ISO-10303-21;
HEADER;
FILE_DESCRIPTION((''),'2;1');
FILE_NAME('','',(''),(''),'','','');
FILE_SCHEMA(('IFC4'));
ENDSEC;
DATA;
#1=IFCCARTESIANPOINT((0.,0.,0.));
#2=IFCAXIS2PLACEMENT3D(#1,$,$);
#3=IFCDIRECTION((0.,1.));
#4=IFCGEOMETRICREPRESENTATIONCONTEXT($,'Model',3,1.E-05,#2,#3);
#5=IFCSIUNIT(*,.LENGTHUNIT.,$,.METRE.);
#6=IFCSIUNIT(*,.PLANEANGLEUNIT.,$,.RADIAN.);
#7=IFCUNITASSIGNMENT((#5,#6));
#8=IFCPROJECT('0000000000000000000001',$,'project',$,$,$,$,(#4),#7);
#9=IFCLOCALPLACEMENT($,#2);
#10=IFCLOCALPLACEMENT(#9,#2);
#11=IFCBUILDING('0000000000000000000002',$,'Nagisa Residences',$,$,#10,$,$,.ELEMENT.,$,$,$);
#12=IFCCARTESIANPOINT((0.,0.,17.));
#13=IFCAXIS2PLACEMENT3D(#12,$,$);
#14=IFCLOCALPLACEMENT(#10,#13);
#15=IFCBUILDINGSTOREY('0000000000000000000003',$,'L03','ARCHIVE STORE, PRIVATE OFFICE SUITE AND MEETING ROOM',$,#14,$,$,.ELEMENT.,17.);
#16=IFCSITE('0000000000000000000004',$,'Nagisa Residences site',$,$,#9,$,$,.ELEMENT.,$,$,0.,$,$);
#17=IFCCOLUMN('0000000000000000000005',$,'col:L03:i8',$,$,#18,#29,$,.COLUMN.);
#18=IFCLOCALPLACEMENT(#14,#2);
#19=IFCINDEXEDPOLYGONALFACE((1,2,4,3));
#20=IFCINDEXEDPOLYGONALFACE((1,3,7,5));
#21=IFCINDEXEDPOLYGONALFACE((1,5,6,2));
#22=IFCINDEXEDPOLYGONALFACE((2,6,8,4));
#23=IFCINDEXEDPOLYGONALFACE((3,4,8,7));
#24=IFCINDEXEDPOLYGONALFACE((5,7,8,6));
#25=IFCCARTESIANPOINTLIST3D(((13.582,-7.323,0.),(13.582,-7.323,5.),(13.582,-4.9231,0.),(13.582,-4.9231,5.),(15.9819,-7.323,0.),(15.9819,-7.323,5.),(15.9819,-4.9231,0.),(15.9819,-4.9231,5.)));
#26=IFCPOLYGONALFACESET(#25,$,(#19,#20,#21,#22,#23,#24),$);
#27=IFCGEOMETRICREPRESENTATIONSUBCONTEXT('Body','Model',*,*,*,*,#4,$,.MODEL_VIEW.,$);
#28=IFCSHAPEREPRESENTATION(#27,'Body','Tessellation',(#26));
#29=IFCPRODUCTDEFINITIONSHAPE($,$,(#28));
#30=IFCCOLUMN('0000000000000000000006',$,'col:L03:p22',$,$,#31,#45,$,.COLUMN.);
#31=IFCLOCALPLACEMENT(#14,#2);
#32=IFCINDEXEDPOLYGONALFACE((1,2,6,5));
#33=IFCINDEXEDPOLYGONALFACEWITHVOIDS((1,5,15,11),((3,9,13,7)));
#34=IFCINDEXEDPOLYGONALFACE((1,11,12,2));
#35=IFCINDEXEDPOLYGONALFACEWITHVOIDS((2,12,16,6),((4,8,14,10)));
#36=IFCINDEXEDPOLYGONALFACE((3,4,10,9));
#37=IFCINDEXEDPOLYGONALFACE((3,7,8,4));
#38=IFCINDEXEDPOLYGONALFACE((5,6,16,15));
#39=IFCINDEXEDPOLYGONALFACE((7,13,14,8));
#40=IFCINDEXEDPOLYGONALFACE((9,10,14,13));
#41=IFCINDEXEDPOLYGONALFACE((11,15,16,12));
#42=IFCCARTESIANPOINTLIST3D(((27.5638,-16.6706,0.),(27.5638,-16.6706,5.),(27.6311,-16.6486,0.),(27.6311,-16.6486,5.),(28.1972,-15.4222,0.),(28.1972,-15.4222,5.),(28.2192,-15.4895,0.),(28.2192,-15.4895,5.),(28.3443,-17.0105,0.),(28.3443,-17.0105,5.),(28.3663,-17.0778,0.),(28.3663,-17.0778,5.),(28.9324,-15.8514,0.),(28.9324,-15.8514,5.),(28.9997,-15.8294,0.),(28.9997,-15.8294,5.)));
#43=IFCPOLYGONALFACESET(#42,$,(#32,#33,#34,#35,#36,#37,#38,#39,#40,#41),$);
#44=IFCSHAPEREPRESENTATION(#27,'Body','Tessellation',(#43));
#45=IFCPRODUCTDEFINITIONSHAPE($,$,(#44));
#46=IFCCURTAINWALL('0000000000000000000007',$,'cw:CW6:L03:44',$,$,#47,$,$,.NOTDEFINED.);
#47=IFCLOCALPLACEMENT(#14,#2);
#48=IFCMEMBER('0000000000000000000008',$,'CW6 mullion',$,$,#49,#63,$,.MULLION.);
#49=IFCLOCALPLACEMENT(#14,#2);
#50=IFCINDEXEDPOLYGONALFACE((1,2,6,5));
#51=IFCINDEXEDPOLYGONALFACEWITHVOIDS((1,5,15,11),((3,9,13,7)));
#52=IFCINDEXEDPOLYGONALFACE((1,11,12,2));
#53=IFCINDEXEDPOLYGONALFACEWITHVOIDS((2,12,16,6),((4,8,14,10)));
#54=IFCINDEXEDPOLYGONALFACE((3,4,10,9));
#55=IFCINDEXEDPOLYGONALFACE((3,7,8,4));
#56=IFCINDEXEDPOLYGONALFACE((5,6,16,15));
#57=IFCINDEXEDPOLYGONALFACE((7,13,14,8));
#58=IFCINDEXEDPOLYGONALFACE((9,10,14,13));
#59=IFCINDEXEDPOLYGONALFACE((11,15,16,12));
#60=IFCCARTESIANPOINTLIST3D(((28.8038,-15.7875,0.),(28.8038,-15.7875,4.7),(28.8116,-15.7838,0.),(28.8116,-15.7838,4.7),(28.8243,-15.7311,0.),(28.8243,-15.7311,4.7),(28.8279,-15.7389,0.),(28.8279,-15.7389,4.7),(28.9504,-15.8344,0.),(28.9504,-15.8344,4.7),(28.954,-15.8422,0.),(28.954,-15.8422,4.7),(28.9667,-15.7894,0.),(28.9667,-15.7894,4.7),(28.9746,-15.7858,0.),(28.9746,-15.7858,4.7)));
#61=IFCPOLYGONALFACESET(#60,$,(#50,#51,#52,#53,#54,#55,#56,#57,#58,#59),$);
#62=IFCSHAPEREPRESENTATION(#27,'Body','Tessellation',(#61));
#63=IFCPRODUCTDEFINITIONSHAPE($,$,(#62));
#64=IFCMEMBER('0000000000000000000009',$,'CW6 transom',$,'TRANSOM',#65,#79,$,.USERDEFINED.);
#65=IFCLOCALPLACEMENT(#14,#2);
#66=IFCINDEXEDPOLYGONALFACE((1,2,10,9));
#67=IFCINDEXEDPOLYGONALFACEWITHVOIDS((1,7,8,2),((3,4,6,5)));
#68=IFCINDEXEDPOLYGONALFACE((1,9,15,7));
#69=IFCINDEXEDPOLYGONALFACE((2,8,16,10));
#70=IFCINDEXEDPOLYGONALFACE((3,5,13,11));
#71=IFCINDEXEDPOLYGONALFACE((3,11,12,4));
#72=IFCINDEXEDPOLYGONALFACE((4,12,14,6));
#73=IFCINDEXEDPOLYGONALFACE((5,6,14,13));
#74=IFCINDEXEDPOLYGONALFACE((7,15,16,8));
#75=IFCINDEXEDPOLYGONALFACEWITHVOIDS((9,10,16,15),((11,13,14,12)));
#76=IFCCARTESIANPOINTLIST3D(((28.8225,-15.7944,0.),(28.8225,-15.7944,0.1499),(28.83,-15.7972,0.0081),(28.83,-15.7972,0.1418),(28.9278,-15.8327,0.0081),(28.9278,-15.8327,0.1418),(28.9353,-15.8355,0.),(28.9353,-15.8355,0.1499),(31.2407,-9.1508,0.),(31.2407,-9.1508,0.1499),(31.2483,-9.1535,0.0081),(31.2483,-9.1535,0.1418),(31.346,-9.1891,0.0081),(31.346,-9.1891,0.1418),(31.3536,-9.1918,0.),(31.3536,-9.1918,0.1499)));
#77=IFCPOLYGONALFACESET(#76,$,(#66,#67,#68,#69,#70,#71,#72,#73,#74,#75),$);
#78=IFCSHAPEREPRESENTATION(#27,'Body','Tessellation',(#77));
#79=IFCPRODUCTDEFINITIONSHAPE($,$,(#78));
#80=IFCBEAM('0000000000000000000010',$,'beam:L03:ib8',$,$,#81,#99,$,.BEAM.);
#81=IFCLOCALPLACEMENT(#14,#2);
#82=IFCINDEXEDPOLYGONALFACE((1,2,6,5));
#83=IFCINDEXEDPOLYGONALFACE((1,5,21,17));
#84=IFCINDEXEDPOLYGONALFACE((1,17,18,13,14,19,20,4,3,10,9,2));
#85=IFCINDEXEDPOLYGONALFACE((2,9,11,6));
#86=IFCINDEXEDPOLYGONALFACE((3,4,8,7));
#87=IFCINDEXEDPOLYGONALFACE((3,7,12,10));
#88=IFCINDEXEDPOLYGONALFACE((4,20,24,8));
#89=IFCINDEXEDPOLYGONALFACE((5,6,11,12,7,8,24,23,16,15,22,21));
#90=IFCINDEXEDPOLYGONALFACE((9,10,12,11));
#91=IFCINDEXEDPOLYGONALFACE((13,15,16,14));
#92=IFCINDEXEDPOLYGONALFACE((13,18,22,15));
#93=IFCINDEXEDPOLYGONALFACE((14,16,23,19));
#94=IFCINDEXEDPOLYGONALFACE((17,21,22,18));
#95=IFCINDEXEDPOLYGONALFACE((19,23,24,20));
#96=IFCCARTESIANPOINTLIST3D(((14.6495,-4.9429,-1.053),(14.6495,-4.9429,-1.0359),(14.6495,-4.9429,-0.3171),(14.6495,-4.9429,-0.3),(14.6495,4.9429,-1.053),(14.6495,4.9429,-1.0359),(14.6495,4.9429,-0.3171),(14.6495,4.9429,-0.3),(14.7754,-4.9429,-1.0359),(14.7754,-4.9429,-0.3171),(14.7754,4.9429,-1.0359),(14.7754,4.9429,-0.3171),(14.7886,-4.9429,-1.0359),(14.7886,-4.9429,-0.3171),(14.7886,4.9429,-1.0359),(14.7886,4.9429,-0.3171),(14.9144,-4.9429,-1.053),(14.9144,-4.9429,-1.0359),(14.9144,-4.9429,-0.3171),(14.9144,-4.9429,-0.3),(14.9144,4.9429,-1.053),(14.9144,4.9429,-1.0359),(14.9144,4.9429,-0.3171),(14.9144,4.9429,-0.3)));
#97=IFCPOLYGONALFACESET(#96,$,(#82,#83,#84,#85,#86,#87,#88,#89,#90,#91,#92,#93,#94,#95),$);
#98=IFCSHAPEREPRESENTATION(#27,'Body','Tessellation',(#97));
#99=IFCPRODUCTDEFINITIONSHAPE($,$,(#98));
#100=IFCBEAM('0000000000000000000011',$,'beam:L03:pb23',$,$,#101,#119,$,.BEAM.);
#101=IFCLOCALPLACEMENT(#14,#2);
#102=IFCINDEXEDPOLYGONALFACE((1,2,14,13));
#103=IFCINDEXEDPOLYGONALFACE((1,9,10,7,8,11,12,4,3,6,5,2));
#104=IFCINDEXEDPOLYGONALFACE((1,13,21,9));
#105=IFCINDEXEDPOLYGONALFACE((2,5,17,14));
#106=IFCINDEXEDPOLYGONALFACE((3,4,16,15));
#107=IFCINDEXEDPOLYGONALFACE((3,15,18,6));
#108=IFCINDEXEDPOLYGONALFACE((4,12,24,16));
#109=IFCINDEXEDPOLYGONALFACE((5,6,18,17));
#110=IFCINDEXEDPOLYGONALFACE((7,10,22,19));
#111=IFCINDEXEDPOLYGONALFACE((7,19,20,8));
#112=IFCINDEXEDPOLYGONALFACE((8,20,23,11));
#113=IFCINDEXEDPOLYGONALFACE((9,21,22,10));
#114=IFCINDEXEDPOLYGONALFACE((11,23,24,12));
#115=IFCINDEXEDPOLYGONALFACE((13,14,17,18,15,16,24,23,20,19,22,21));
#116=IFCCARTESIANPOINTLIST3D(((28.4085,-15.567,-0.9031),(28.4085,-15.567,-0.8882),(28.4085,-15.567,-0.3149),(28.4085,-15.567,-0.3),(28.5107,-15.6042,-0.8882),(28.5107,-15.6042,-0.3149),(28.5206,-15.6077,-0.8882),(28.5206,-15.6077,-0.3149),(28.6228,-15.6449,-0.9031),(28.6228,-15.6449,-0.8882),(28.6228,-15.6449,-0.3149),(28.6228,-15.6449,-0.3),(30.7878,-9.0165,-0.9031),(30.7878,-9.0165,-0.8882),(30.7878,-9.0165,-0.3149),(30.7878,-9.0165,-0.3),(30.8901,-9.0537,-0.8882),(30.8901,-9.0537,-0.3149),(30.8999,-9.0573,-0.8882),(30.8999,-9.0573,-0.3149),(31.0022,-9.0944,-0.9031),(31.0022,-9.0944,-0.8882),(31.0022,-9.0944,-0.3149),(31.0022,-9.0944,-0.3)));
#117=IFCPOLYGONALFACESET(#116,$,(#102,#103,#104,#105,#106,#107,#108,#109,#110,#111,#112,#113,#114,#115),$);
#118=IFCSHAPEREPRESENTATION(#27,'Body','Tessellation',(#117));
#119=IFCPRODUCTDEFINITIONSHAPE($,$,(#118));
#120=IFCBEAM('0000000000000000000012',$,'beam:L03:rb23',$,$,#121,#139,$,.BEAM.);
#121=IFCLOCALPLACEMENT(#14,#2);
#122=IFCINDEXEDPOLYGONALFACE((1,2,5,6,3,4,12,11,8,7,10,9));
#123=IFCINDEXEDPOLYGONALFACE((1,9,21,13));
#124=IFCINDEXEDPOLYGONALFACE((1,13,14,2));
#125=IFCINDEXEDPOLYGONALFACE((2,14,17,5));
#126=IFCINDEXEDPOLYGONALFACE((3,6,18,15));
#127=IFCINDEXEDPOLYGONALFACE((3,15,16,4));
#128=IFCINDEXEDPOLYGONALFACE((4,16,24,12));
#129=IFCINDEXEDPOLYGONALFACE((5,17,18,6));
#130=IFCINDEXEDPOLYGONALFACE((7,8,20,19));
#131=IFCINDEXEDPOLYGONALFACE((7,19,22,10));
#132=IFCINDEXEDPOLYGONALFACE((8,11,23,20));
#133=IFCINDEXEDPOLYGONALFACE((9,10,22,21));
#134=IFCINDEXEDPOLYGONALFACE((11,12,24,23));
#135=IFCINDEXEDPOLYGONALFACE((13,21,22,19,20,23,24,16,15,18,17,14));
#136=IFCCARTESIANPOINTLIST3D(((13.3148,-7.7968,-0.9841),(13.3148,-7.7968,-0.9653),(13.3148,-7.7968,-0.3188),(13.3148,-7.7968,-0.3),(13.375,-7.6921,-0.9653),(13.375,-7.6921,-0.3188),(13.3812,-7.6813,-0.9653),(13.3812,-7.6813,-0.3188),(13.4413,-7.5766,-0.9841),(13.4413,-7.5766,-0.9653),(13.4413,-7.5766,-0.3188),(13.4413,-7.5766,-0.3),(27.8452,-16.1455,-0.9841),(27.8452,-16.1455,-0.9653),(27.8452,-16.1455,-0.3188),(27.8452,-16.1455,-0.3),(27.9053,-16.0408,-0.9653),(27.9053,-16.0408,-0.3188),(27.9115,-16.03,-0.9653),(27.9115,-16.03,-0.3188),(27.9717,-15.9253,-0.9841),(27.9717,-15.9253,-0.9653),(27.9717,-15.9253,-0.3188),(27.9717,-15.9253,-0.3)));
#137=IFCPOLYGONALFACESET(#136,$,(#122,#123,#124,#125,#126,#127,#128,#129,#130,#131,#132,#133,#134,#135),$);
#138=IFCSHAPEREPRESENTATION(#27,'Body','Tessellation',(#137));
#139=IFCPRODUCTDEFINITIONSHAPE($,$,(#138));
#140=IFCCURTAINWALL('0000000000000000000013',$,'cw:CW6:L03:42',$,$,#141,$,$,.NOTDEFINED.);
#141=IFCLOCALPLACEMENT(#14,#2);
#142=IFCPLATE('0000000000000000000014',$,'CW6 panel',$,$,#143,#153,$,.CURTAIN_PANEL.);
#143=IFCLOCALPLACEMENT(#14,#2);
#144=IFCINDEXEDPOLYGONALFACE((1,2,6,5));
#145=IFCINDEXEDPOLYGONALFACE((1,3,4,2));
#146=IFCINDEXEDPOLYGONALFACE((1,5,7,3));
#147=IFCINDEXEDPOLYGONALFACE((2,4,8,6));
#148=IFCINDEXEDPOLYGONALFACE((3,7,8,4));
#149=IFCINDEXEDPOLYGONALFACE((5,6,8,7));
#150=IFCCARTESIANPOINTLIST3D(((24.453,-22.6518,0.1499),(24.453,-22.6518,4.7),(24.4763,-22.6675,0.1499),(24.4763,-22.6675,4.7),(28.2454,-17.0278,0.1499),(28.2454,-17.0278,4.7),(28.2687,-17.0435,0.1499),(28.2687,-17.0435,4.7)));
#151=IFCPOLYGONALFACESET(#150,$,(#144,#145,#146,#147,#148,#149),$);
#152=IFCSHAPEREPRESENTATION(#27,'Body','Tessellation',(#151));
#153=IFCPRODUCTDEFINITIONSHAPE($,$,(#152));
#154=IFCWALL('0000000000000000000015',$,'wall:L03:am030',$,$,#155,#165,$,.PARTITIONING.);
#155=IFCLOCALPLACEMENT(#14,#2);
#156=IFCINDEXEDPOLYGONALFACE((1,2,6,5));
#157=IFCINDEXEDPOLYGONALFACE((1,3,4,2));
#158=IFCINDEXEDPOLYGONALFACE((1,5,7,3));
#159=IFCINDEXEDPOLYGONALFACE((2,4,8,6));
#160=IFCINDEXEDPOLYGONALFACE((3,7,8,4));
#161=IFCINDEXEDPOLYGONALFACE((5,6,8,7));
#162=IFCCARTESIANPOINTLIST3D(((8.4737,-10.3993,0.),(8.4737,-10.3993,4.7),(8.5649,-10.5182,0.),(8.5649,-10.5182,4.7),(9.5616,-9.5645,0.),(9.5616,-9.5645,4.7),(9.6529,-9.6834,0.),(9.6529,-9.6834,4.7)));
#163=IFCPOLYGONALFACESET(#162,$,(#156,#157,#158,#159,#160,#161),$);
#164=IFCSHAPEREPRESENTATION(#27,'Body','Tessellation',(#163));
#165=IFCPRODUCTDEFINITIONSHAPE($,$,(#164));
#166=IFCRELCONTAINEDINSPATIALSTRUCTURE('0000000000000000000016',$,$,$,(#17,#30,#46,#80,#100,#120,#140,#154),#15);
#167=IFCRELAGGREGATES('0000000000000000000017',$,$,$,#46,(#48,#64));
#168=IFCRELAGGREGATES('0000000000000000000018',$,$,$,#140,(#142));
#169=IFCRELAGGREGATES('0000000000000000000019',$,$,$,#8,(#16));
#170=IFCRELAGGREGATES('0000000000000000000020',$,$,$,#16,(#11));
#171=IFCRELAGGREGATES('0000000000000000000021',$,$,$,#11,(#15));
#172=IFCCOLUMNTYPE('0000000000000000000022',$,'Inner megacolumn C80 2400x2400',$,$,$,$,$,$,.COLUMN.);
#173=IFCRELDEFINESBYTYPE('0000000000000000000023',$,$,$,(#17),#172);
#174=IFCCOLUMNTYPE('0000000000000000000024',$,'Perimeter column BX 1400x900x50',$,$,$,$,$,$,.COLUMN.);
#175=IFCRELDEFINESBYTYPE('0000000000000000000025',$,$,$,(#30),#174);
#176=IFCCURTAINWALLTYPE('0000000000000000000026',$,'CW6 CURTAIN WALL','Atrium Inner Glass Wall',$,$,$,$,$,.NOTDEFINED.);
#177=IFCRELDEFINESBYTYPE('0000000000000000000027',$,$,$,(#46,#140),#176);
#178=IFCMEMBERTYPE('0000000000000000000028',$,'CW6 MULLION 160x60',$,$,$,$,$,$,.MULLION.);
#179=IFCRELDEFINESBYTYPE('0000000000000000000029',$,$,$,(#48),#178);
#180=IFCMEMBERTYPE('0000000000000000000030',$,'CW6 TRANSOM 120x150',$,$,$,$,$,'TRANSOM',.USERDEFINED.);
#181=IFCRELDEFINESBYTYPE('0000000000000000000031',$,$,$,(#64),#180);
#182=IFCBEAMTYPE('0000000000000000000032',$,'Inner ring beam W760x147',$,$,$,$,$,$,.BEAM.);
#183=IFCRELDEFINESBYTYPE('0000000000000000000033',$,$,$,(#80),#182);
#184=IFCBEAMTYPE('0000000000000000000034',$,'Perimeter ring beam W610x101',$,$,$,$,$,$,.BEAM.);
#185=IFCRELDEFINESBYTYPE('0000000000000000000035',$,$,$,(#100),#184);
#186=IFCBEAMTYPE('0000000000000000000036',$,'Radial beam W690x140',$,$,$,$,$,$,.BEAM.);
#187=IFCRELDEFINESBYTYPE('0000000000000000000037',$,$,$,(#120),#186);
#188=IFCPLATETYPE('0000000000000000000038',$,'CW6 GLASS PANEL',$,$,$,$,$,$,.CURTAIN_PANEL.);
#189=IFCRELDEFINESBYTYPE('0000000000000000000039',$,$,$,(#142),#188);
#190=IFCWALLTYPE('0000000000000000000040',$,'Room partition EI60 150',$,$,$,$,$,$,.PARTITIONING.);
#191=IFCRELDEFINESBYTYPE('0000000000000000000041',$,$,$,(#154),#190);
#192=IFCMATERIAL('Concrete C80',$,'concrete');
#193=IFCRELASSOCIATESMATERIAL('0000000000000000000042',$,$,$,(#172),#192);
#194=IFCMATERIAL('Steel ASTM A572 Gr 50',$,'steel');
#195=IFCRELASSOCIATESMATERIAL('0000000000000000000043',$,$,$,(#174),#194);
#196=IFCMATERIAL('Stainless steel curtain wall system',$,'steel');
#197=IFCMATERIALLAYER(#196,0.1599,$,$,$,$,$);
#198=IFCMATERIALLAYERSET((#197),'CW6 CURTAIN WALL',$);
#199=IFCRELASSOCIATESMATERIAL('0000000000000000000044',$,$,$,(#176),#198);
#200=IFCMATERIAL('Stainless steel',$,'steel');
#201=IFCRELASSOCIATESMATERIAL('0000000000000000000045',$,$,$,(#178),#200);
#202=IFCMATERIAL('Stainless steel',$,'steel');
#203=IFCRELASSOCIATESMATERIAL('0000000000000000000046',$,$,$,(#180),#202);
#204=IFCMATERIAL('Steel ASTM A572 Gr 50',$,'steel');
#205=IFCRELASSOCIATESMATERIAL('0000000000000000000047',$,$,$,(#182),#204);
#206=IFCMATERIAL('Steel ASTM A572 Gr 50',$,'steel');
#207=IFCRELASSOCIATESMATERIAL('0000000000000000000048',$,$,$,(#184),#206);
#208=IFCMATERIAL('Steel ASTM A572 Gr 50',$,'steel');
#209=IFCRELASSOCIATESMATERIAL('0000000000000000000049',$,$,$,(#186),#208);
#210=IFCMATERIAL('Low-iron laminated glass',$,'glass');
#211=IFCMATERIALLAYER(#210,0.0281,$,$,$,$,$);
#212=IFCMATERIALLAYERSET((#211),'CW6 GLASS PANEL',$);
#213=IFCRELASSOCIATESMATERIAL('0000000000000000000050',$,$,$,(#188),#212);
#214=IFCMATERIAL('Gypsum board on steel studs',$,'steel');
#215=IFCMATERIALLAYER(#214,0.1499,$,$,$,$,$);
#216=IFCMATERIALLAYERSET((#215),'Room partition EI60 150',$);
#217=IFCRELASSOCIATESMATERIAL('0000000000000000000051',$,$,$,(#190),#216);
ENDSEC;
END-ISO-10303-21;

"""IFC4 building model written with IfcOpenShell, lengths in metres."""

from ifc_helpers import new_model, si_unit, direction, frame, frame_2d, origin, origin_2d, place, context, subcontext, project, spatial, rectangle, hollow_rectangle, i_section, extrude, material, layer, layer_set, material_profile, profile_set, type_object, element, aggregate, save


model = new_model("IFC4")

# Units and contexts
model_context = context("Model", 3, precision=1e-05, world=origin(), true_north=direction((0.0, 1.0)))
body_context = subcontext(model_context, "Body", "Model", "MODEL_VIEW")
ifc_project = project(units=[si_unit("LENGTHUNIT", "METRE"), si_unit("PLANEANGLEUNIT", "RADIAN")], contexts=[model_context])

# Site, building, storey
site_placement = place(None, origin())
site = spatial("IfcSite", under=ifc_project, at=site_placement, Name="Nagisa Residences site", CompositionType="ELEMENT", RefElevation=0.0)
building_placement = place(site_placement, origin())
building = spatial("IfcBuilding", under=site, at=building_placement, Name="Nagisa Residences", CompositionType="ELEMENT")
storey_placement = place(building_placement, frame((0.0, 0.0, 17.0)))
storey = spatial("IfcBuildingStorey", under=building, at=storey_placement, Name="L03", Description="ARCHIVE STORE, PRIVATE OFFICE SUITE AND MEETING ROOM", CompositionType="ELEMENT", Elevation=17.0)

# Columns
ifc_material_1 = material(Name="Concrete C80", Category="concrete")
ifc_material_profile_1 = material_profile(ifc_material_1, rectangle(XDim=2.3999, YDim=2.3999, at=origin_2d()), Name="C80 2400x2400")
ifc_profile_set_1 = profile_set([ifc_material_profile_1], Name="Concrete C80")
column_type_1 = type_object("IfcColumnType", Name="Inner megacolumn C80 2400x2400", PredefinedType="COLUMN", material=ifc_profile_set_1)
column_1_placement = place(storey_placement, frame((14.782, -6.123, 0.0), z_axis=(0.0, 0.0, 1.0), x_axis=(1.0, 0.0, 0.0)))
element("IfcColumn", 1, at=column_1_placement, inside=storey, type_object=column_type_1, Name="col:L03:i8", PredefinedType="COLUMN", context=body_context, shape_type="SweptSolid", body=[
    extrude(rectangle(XDim=2.3999, YDim=2.3999, at=origin_2d()), origin(), (0.0, 0.0, 1.0), 5.0),
])
ifc_material_2 = material(Name="Steel ASTM A572 Gr 50", Category="steel")
ifc_material_profile_2 = material_profile(ifc_material_2, hollow_rectangle(XDim=1.3999, YDim=0.8999, WallThickness=0.05, at=origin_2d()), Name="BX 1400x900x50")
ifc_profile_set_2 = profile_set([ifc_material_profile_2], Name="Steel ASTM A572 Gr 50")
column_type_2 = type_object("IfcColumnType", Name="Perimeter column BX 1400x900x50", PredefinedType="COLUMN", material=ifc_profile_set_2)
column_2_placement = place(storey_placement, frame((28.2817, -16.25, 0.0), z_axis=(0.0, 0.0, 1.0), x_axis=(0.452463, 0.891783, 0.0)))
element("IfcColumn", 2, at=column_2_placement, inside=storey, type_object=column_type_2, Name="col:L03:p22", PredefinedType="COLUMN", context=body_context, shape_type="SweptSolid", body=[
    extrude(hollow_rectangle(XDim=1.3999, YDim=0.8999, WallThickness=0.05, at=origin_2d()), origin(), (0.0, 0.0, 1.0), 5.0),
])

# Curtain wall, members
ifc_material_3 = material(Name="Stainless steel curtain wall system", Category="steel")
ifc_layer_1 = layer(ifc_material_3, 0.1599)
ifc_layer_set_1 = layer_set([ifc_layer_1], Name="CW6 CURTAIN WALL")
curtain_wall_type = type_object("IfcCurtainWallType", Name="CW6 CURTAIN WALL", Description="Atrium Inner Glass Wall", PredefinedType="NOTDEFINED", material=ifc_layer_set_1)
curtain_wall_1_placement = place(storey_placement, origin())
curtain_wall_1 = element("IfcCurtainWall", 3, at=curtain_wall_1_placement, inside=storey, type_object=curtain_wall_type, Name="cw:CW6:L03:44", PredefinedType="NOTDEFINED")
ifc_material_4 = material(Name="Stainless steel", Category="steel")
ifc_material_profile_3 = material_profile(ifc_material_4, hollow_rectangle(XDim=0.1599, YDim=0.0601, WallThickness=0.0061, at=origin_2d()), Name="CW6 MULLION 160x60")
ifc_profile_set_3 = profile_set([ifc_material_profile_3], Name="Stainless steel")
member_type_1 = type_object("IfcMemberType", Name="CW6 MULLION 160x60", PredefinedType="MULLION", material=ifc_profile_set_3)
member_1_placement = place(storey_placement, frame((28.8892, -15.7866, 0.0), z_axis=(0.0, 0.0, 1.0), x_axis=(-0.939682, 0.34205, 0.0)))
member_1 = element("IfcMember", 4, at=member_1_placement, type_object=member_type_1, Name="CW6 mullion", PredefinedType="MULLION", context=body_context, shape_type="SweptSolid", body=[
    extrude(hollow_rectangle(XDim=0.1599, YDim=0.0601, WallThickness=0.0061, at=origin_2d()), origin(), (0.0, 0.0, 1.0), 4.7),
])
ifc_material_5 = material(Name="Stainless steel", Category="steel")
ifc_material_profile_4 = material_profile(ifc_material_5, hollow_rectangle(XDim=0.1201, YDim=0.1499, WallThickness=0.0081, at=origin_2d()), Name="CW6 TRANSOM 120x150")
ifc_profile_set_4 = profile_set([ifc_material_profile_4], Name="Stainless steel")
member_type_2 = type_object("IfcMemberType", Name="CW6 TRANSOM 120x150", ElementType="TRANSOM", PredefinedType="USERDEFINED", material=ifc_profile_set_4)
member_2_placement = place(storey_placement, frame((28.8789, -15.8149, 0.075), z_axis=(0.34204, 0.939685, 0.0), x_axis=(-0.939685, 0.34204, 0.0)))
member_2 = element("IfcMember", 5, at=member_2_placement, type_object=member_type_2, Name="CW6 transom", ObjectType="TRANSOM", PredefinedType="USERDEFINED", context=body_context, shape_type="SweptSolid", body=[
    extrude(hollow_rectangle(XDim=0.1201, YDim=0.1499, WallThickness=0.0081, at=origin_2d()), origin(), (0.0, 0.0, 1.0), 7.0701),
])
aggregate(curtain_wall_1, [member_1, member_2])

# Beams
ifc_material_6 = material(Name="Steel ASTM A572 Gr 50", Category="steel")
ifc_material_profile_5 = material_profile(ifc_material_6, i_section(OverallWidth=0.2649, OverallDepth=0.7529, WebThickness=0.0132, FlangeThickness=0.0171, at=origin_2d()), Name="W760x147")
ifc_profile_set_5 = profile_set([ifc_material_profile_5], Name="Steel ASTM A572 Gr 50")
beam_type_1 = type_object("IfcBeamType", Name="Inner ring beam W760x147", PredefinedType="BEAM", material=ifc_profile_set_5)
beam_1_placement = place(storey_placement, frame((14.782, -4.9429, -0.6765), z_axis=(0.0, 1.0, 0.0), x_axis=(-1.0, 0.0, 0.0)))
element("IfcBeam", 6, at=beam_1_placement, inside=storey, type_object=beam_type_1, Name="beam:L03:ib8", PredefinedType="BEAM", context=body_context, shape_type="SweptSolid", body=[
    extrude(i_section(OverallWidth=0.2649, OverallDepth=0.7529, WebThickness=0.0132, FlangeThickness=0.0171, at=origin_2d()), origin(), (0.0, 0.0, 1.0), 9.8857),
])
ifc_material_7 = material(Name="Steel ASTM A572 Gr 50", Category="steel")
ifc_material_profile_6 = material_profile(ifc_material_7, i_section(OverallWidth=0.228, OverallDepth=0.603, WebThickness=0.0105, FlangeThickness=0.0149, at=origin_2d()), Name="W610x101")
ifc_profile_set_6 = profile_set([ifc_material_profile_6], Name="Steel ASTM A572 Gr 50")
beam_type_2 = type_object("IfcBeamType", Name="Perimeter ring beam W610x101", PredefinedType="BEAM", material=ifc_profile_set_6)
beam_2_placement = place(storey_placement, frame((28.5156, -15.606, -0.6016), z_axis=(0.341411, 0.939914, 0.0), x_axis=(-0.939914, 0.341411, 0.0)))
element("IfcBeam", 7, at=beam_2_placement, inside=storey, type_object=beam_type_2, Name="beam:L03:pb23", PredefinedType="BEAM", context=body_context, shape_type="SweptSolid", body=[
    extrude(i_section(OverallWidth=0.228, OverallDepth=0.603, WebThickness=0.0105, FlangeThickness=0.0149, at=origin_2d()), origin(), (0.0, 0.0, 1.0), 6.9692),
])
ifc_material_8 = material(Name="Steel ASTM A572 Gr 50", Category="steel")
ifc_material_profile_7 = material_profile(ifc_material_8, i_section(OverallWidth=0.2539, OverallDepth=0.6841, WebThickness=0.0125, FlangeThickness=0.0188, at=origin_2d()), Name="W690x140")
ifc_profile_set_7 = profile_set([ifc_material_profile_7], Name="Steel ASTM A572 Gr 50")
beam_type_3 = type_object("IfcBeamType", Name="Radial beam W690x140", PredefinedType="BEAM", material=ifc_profile_set_7)
beam_3_placement = place(storey_placement, frame((27.9084, -16.0354, -0.6421), z_axis=(-0.867068, 0.49819, 0.0), x_axis=(-0.49819, -0.867068, 0.0)))
element("IfcBeam", 8, at=beam_3_placement, inside=storey, type_object=beam_type_3, Name="beam:L03:rb23", PredefinedType="BEAM", context=body_context, shape_type="SweptSolid", body=[
    extrude(i_section(OverallWidth=0.2539, OverallDepth=0.6841, WebThickness=0.0125, FlangeThickness=0.0188, at=origin_2d()), origin(), (0.0, 0.0, 1.0), 16.7581),
])

# Curtain wall, plate
curtain_wall_2_placement = place(storey_placement, origin())
curtain_wall_2 = element("IfcCurtainWall", 9, at=curtain_wall_2_placement, inside=storey, type_object=curtain_wall_type, Name="cw:CW6:L03:42", PredefinedType="NOTDEFINED")
ifc_material_9 = material(Name="Low-iron laminated glass", Category="glass")
ifc_layer_2 = layer(ifc_material_9, 0.0281)
ifc_layer_set_2 = layer_set([ifc_layer_2], Name="CW6 GLASS PANEL")
plate_type = type_object("IfcPlateType", Name="CW6 GLASS PANEL", PredefinedType="CURTAIN_PANEL", material=ifc_layer_set_2)
plate_placement = place(storey_placement, frame((26.3608, -19.8477, 0.1499), z_axis=(0.0, 0.0, 1.0), x_axis=(0.559084, 0.829111, 0.0)))
plate = element("IfcPlate", 10, at=plate_placement, type_object=plate_type, Name="CW6 panel", PredefinedType="CURTAIN_PANEL", context=body_context, shape_type="SweptSolid", body=[
    extrude(rectangle(XDim=6.7832, YDim=0.0281, at=origin_2d()), origin(), (0.0, 0.0, 1.0), 4.55),
])
aggregate(curtain_wall_2, [plate])

# Wall
ifc_material_10 = material(Name="Gypsum board on steel studs", Category="steel")
ifc_layer_3 = layer(ifc_material_10, 0.1499)
ifc_layer_set_3 = layer_set([ifc_layer_3], Name="Room partition EI60 150")
wall_type = type_object("IfcWallType", Name="Room partition EI60 150", PredefinedType="PARTITIONING", material=ifc_layer_set_3)
wall_1_placement = place(storey_placement, frame((9.6072, -9.624, 0.0), z_axis=(0.0, 0.0, 1.0), x_axis=(-0.793371, -0.608738, 0.0)))
element("IfcWall", 11, at=wall_1_placement, inside=storey, type_object=wall_type, Name="wall:L03:am030", PredefinedType="PARTITIONING", context=body_context, shape_type="SweptSolid", body=[
    extrude(rectangle(XDim=1.3713, YDim=0.1499, at=frame_2d((0.6855, 0.0))), origin(), (0.0, 0.0, 1.0), 4.7),
])

save(model, "model.ifc")
